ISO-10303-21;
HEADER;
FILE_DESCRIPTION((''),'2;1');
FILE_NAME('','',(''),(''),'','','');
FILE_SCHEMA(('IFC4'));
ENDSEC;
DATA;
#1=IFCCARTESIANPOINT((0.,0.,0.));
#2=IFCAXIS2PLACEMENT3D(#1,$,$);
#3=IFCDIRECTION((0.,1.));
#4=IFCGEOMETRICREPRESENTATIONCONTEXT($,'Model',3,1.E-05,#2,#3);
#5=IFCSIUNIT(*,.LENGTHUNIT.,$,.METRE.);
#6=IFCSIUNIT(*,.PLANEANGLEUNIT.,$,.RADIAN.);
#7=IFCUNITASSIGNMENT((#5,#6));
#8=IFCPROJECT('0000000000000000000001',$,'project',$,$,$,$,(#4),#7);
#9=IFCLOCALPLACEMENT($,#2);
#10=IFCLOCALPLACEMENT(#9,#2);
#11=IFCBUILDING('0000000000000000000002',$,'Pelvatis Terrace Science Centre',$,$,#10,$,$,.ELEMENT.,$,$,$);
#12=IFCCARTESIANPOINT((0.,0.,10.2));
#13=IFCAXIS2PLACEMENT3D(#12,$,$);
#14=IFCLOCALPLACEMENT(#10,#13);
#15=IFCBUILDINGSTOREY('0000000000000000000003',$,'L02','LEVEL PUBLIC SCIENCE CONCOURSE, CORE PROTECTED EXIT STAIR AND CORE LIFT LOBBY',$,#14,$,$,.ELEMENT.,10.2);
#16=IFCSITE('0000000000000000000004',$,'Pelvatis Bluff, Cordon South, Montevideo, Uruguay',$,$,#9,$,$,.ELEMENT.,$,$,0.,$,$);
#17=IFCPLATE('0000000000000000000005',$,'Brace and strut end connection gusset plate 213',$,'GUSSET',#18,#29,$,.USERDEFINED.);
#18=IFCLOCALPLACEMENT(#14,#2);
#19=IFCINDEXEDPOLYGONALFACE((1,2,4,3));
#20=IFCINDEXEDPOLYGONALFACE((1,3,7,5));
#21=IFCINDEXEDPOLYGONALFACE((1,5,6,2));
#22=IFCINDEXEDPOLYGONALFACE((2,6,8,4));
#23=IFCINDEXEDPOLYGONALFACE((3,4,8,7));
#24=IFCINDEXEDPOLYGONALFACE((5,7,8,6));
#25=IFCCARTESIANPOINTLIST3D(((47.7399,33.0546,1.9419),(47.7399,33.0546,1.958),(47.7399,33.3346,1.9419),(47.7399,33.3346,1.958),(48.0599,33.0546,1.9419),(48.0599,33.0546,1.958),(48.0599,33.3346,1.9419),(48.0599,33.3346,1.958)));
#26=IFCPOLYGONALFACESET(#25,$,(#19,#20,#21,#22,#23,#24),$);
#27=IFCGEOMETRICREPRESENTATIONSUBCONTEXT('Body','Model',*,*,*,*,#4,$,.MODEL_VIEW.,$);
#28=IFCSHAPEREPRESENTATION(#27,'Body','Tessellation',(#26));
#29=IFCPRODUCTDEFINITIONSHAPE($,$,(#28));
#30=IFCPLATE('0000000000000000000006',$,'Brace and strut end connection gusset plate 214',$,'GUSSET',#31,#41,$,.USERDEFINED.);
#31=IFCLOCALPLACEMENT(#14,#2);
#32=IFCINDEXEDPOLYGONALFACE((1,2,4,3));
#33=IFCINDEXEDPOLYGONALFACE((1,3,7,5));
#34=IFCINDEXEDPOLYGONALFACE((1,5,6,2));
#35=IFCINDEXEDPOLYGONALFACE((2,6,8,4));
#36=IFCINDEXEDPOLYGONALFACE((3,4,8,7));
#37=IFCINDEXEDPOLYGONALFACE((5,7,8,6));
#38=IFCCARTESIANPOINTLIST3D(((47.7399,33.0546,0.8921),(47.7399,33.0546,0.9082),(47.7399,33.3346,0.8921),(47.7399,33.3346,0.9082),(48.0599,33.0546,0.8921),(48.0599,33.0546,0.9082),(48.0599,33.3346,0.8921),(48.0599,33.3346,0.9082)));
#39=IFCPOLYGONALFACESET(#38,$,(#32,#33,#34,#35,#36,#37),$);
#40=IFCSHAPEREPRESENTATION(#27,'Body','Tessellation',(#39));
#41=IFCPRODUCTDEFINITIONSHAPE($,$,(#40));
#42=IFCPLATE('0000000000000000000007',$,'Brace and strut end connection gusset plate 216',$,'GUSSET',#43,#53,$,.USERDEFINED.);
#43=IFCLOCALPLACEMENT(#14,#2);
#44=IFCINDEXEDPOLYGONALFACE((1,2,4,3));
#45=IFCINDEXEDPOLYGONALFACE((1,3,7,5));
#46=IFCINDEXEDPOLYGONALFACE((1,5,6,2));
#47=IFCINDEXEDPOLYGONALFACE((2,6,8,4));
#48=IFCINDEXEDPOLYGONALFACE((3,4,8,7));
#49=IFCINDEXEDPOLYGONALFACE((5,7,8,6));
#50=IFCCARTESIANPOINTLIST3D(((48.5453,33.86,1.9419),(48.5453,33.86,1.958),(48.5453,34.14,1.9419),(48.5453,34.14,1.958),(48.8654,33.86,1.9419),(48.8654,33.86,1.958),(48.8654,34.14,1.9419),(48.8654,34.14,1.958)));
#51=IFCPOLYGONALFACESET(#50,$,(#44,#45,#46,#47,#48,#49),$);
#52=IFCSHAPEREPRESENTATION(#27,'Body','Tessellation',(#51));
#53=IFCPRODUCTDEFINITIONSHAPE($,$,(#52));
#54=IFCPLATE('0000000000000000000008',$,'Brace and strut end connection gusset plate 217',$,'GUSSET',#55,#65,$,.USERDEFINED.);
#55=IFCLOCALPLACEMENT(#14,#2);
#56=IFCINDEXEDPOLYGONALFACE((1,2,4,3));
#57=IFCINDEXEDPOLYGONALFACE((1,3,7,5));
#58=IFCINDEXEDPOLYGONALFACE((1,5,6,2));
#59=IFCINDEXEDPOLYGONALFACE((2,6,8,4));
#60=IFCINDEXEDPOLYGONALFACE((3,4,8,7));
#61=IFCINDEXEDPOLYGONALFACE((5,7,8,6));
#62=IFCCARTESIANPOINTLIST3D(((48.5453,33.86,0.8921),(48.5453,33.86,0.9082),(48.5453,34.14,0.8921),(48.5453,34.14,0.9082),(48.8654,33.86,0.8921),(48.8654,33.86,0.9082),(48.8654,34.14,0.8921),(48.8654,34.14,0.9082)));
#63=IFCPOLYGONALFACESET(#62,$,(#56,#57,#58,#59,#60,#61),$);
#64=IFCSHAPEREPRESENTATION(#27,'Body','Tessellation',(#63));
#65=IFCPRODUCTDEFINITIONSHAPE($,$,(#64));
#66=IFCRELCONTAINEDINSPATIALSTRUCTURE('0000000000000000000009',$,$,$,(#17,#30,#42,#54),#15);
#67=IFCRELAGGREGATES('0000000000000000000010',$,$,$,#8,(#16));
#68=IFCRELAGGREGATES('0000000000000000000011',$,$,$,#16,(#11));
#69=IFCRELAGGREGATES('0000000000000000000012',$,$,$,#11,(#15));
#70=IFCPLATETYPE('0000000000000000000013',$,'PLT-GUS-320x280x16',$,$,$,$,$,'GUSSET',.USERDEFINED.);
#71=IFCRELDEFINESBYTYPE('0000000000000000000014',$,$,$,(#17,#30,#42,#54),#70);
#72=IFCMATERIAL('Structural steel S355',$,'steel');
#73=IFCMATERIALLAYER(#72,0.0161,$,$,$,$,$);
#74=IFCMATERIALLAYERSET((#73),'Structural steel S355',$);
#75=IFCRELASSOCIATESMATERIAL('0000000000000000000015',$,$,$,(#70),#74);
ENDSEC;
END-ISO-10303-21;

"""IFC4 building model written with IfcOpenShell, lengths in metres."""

from ifc_helpers import new_model, si_unit, direction, frame, origin, origin_2d, place, context, subcontext, project, spatial, rectangle, extrude, material, layer, layer_set, type_object, element, save


model = new_model("IFC4")

# Units and contexts
model_context = context("Model", 3, precision=1e-05, world=origin(), true_north=direction((0.0, 1.0)))
body_context = subcontext(model_context, "Body", "Model", "MODEL_VIEW")
ifc_project = project(units=[si_unit("LENGTHUNIT", "METRE"), si_unit("PLANEANGLEUNIT", "RADIAN")], contexts=[model_context])

# Site, building, storey
site_placement = place(None, origin())
site = spatial("IfcSite", under=ifc_project, at=site_placement, Name="Pelvatis Bluff, Cordon South, Montevideo, Uruguay", CompositionType="ELEMENT", RefElevation=0.0)
building_placement = place(site_placement, origin())
building = spatial("IfcBuilding", under=site, at=building_placement, Name="Pelvatis Terrace Science Centre", CompositionType="ELEMENT")
storey_placement = place(building_placement, frame((0.0, 0.0, 10.2)))
storey = spatial("IfcBuildingStorey", under=building, at=storey_placement, Name="L02", Description="LEVEL PUBLIC SCIENCE CONCOURSE, CORE PROTECTED EXIT STAIR AND CORE LIFT LOBBY", CompositionType="ELEMENT", Elevation=10.2)

# Plates
ifc_material_1 = material(Name="Structural steel S355", Category="steel")
ifc_layer = layer(ifc_material_1, 0.0161)
ifc_layer_set = layer_set([ifc_layer], Name="Structural steel S355")
plate_type = type_object("IfcPlateType", Name="PLT-GUS-320x280x16", ElementType="GUSSET", PredefinedType="USERDEFINED", material=ifc_layer_set)
for number, where, z_axis, x_axis, name in (
    (1, (47.8999, 33.1946, 1.9419), (0.0, 0.0, 1.0), (1.0, 0.0, 0.0), "Brace and strut end connection gusset plate 213"),
    (2, (47.8999, 33.1946, 0.8921), (0.0, 0.0, 1.0), (1.0, 0.0, 0.0), "Brace and strut end connection gusset plate 214"),
    (3, (48.7053, 34.0, 1.9419), (0.0, 0.0, 1.0), (1.0, 0.0, 0.0), "Brace and strut end connection gusset plate 216"),
    (4, (48.7053, 34.0, 0.8921), (0.0, 0.0, 1.0), (1.0, 0.0, 0.0), "Brace and strut end connection gusset plate 217"),
):
    element("IfcPlate", number, at=place(storey_placement, frame(where, z_axis=z_axis, x_axis=x_axis)), inside=storey, type_object=plate_type, Name=name, ObjectType="GUSSET", PredefinedType="USERDEFINED", context=body_context, shape_type="SweptSolid", body=[
        extrude(rectangle(XDim=0.3201, YDim=0.28, at=origin_2d()), origin(), (0.0, 0.0, 1.0), 0.0161),
    ])

save(model, "model.ifc")
